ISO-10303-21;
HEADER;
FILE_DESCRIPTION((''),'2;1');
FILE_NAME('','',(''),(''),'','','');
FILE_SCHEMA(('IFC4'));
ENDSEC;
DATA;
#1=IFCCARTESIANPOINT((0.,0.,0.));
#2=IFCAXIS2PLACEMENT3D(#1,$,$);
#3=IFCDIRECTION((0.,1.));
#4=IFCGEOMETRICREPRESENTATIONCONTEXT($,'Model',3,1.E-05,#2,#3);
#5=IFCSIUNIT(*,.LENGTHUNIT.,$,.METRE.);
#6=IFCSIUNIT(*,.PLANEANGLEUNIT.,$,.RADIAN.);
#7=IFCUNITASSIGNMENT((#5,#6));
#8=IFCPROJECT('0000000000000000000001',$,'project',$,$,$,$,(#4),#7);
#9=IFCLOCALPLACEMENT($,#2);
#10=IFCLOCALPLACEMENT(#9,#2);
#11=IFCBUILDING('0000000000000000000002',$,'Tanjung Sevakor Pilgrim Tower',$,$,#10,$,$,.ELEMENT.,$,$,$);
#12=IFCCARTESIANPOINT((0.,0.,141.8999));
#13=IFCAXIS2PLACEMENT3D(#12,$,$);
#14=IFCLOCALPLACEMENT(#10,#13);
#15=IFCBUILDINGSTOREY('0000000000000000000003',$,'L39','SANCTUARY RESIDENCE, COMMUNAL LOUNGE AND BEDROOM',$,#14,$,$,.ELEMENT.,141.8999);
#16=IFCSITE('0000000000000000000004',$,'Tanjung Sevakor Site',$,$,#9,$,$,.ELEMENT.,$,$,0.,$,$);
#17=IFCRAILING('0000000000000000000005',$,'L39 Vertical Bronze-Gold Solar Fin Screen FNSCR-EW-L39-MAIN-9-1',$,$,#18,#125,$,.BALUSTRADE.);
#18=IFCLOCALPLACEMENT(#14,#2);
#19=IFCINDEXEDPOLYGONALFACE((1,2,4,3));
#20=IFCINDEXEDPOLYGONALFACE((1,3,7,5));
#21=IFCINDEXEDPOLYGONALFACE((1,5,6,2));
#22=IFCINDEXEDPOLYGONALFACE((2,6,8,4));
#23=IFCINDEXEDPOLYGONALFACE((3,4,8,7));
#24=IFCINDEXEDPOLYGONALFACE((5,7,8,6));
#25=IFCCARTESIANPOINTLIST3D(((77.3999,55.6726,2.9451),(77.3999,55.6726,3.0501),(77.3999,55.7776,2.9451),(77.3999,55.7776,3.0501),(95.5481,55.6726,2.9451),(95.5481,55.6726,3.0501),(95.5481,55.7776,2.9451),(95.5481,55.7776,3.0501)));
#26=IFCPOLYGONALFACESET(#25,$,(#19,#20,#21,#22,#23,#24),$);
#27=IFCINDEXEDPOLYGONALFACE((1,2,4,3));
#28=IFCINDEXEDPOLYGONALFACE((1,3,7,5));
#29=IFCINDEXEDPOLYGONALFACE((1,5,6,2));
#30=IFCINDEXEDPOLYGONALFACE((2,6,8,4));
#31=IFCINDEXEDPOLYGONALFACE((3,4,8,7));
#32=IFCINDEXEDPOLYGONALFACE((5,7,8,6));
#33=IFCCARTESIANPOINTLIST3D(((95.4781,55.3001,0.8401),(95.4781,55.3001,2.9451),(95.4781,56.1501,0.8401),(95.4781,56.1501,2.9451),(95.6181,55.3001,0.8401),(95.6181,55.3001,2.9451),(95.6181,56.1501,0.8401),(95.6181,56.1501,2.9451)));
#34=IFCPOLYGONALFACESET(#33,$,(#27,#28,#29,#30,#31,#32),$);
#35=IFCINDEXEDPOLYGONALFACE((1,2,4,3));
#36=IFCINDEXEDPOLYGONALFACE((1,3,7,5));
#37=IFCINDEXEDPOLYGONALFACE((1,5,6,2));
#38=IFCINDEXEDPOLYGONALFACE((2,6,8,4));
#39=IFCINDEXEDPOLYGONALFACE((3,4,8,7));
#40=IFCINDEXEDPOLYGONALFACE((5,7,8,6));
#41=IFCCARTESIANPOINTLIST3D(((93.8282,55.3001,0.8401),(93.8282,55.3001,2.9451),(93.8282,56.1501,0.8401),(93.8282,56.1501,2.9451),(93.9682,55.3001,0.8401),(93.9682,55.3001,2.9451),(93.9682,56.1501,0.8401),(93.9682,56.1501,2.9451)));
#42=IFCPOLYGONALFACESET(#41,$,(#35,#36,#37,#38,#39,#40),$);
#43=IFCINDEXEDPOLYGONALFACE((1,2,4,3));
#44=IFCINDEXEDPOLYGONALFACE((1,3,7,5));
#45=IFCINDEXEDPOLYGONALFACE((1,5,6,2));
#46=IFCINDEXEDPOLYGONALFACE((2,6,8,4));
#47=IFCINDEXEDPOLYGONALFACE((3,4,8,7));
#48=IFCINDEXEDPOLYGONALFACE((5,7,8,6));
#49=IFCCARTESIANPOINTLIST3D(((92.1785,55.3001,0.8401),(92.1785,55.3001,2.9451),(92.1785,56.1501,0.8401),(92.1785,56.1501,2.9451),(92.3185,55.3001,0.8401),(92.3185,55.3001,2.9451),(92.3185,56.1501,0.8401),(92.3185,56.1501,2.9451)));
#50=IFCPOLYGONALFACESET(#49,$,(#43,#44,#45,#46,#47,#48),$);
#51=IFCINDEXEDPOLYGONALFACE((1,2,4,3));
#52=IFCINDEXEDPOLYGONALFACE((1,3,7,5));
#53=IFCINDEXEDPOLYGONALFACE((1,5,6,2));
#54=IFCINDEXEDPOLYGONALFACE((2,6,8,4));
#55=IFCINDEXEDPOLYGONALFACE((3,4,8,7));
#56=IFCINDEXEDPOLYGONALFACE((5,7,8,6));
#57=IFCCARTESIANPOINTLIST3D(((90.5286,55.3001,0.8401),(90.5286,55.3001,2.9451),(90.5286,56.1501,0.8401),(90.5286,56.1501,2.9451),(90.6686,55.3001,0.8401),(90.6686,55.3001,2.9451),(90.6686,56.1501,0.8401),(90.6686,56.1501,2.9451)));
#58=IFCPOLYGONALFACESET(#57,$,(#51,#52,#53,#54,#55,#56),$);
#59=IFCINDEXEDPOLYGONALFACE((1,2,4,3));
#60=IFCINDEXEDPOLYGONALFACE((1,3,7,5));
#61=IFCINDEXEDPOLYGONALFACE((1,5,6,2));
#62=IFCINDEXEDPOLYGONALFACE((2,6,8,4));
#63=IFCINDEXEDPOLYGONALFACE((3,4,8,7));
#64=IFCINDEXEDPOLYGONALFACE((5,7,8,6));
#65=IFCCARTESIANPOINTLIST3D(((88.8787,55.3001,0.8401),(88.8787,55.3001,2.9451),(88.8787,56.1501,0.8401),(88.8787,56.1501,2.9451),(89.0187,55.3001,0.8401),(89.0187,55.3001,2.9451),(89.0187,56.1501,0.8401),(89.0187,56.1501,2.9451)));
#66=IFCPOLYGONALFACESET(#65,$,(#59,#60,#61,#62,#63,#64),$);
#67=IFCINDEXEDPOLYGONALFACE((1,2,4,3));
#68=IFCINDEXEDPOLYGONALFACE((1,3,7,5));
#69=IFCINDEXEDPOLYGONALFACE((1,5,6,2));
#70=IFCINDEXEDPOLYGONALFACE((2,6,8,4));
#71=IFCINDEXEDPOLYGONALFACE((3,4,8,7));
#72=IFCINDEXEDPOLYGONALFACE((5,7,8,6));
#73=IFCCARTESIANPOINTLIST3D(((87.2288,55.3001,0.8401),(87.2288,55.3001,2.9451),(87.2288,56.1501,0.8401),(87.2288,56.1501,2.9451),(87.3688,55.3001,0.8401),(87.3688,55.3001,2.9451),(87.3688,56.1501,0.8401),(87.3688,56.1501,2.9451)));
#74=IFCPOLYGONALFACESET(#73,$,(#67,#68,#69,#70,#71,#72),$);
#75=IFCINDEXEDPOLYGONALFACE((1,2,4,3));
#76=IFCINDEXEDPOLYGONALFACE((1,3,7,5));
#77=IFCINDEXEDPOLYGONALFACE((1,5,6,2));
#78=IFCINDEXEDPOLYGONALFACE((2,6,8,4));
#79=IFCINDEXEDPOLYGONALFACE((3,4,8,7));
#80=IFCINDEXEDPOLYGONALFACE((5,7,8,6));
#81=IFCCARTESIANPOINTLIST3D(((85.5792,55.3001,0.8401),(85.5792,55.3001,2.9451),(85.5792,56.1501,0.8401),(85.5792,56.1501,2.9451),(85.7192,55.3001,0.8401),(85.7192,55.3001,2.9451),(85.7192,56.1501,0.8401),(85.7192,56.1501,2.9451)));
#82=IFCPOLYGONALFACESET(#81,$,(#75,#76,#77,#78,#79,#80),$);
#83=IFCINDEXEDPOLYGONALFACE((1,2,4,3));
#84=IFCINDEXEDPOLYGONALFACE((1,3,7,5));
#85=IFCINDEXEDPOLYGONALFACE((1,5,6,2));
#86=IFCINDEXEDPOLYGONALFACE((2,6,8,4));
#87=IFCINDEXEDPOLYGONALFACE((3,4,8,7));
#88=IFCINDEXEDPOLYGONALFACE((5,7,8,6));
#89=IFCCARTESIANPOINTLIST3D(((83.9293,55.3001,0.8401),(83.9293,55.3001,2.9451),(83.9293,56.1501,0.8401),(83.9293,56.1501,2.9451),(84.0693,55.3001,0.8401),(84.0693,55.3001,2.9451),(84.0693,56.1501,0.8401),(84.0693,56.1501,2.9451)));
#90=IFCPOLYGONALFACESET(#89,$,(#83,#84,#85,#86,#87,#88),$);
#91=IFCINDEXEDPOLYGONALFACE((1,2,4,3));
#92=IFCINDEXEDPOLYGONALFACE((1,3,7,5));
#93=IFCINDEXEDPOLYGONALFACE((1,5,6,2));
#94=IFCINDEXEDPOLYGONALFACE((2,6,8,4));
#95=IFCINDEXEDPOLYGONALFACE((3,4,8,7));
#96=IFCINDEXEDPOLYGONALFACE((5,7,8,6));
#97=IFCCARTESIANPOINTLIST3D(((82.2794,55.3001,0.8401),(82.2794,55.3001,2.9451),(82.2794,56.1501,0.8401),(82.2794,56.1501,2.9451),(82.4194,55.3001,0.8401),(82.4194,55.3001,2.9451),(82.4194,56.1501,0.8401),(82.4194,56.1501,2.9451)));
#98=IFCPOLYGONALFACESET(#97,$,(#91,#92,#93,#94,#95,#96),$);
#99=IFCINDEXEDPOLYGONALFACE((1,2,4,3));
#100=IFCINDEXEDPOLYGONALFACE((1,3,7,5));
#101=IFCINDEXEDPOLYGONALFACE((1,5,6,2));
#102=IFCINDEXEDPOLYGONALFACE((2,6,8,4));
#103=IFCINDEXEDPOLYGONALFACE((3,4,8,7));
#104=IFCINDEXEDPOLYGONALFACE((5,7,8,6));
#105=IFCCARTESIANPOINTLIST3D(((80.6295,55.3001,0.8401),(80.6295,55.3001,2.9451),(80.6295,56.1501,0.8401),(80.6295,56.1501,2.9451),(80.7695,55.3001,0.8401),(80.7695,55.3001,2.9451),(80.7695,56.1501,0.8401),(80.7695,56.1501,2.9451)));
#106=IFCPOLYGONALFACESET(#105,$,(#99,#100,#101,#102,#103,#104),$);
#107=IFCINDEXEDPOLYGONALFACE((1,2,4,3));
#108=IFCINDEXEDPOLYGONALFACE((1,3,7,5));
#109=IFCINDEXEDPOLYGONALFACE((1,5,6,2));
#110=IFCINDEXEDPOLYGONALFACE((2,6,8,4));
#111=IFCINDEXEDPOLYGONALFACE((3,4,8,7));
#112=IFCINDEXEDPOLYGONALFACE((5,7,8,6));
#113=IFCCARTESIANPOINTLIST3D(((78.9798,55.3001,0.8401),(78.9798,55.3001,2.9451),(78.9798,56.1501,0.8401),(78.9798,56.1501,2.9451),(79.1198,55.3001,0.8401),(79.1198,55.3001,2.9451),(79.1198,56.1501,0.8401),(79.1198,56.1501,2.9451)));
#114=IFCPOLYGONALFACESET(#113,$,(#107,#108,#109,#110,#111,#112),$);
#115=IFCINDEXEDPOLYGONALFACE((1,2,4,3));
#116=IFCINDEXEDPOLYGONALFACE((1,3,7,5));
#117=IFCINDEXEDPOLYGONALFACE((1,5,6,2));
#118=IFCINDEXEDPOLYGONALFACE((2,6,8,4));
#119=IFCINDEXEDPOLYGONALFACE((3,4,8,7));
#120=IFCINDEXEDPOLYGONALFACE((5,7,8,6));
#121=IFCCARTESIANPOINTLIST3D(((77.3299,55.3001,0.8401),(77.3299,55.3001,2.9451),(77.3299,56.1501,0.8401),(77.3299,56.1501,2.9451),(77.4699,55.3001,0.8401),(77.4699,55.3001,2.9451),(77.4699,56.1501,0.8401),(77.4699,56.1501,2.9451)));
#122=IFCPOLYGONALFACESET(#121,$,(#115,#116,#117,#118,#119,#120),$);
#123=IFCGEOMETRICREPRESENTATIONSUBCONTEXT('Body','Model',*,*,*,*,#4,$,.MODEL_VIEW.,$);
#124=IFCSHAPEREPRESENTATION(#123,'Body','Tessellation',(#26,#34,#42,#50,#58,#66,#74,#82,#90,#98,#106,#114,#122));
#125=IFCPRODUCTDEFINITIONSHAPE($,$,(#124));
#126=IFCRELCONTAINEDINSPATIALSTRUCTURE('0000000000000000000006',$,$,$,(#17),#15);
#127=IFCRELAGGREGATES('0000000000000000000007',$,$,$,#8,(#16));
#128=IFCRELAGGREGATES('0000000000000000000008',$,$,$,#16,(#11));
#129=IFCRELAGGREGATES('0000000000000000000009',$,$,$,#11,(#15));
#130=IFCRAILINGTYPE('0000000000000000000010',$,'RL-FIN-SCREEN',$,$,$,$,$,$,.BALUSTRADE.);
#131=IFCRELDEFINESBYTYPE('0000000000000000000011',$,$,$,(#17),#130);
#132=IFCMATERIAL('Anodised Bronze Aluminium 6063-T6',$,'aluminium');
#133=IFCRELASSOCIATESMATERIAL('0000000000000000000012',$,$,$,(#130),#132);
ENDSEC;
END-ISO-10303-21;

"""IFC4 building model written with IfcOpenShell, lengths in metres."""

from ifc_helpers import new_model, si_unit, direction, frame, origin, place, context, subcontext, project, spatial, rectangle, extrude, material, type_object, element, save


model = new_model("IFC4")

# Units and contexts
model_context = context("Model", 3, precision=1e-05, world=origin(), true_north=direction((0.0, 1.0)))
body_context = subcontext(model_context, "Body", "Model", "MODEL_VIEW")
ifc_project = project(units=[si_unit("LENGTHUNIT", "METRE"), si_unit("PLANEANGLEUNIT", "RADIAN")], contexts=[model_context])

# Site, building, storey
site_placement = place(None, origin())
site = spatial("IfcSite", under=ifc_project, at=site_placement, Name="Tanjung Sevakor Site", CompositionType="ELEMENT", RefElevation=0.0)
building_placement = place(site_placement, origin())
building = spatial("IfcBuilding", under=site, at=building_placement, Name="Tanjung Sevakor Pilgrim Tower", CompositionType="ELEMENT")
storey_placement = place(building_placement, frame((0.0, 0.0, 141.8999)))
storey = spatial("IfcBuildingStorey", under=building, at=storey_placement, Name="L39", Description="SANCTUARY RESIDENCE, COMMUNAL LOUNGE AND BEDROOM", CompositionType="ELEMENT", Elevation=141.8999)

# Railing
ifc_material_1 = material(Name="Anodised Bronze Aluminium 6063-T6", Category="aluminium")
railing_type = type_object("IfcRailingType", Name="RL-FIN-SCREEN", PredefinedType="BALUSTRADE", material=ifc_material_1)
railing_placement = place(storey_placement, frame((95.5481, 55.7251, 0.8401)))
element("IfcRailing", 1, at=railing_placement, inside=storey, type_object=railing_type, Name="L39 Vertical Bronze-Gold Solar Fin Screen FNSCR-EW-L39-MAIN-9-1", PredefinedType="BALUSTRADE", context=body_context, shape_type="SweptSolid", body=[
    extrude(rectangle(XDim=0.105, YDim=0.105), frame((0.0, 0.0, 2.1575), z_axis=(-1.0, 0.0, 0.0), x_axis=(0.0, -1.0, 0.0)), (0.0, 0.0, 1.0), 18.1482),
    extrude(rectangle(XDim=0.14, YDim=0.85), origin(), (0.0, 0.0, 1.0), 2.105),
    extrude(rectangle(XDim=0.14, YDim=0.85), frame((-1.6499, 0.0, 0.0)), (0.0, 0.0, 1.0), 2.105),
    extrude(rectangle(XDim=0.14, YDim=0.85), frame((-3.2996, 0.0, 0.0)), (0.0, 0.0, 1.0), 2.105),
    extrude(rectangle(XDim=0.14, YDim=0.85), frame((-4.9495, 0.0, 0.0)), (0.0, 0.0, 1.0), 2.105),
    extrude(rectangle(XDim=0.14, YDim=0.85), frame((-6.5994, 0.0, 0.0)), (0.0, 0.0, 1.0), 2.105),
    extrude(rectangle(XDim=0.14, YDim=0.85), frame((-8.2493, 0.0, 0.0)), (0.0, 0.0, 1.0), 2.105),
    extrude(rectangle(XDim=0.14, YDim=0.85), frame((-9.8989, 0.0, 0.0)), (0.0, 0.0, 1.0), 2.105),
    extrude(rectangle(XDim=0.14, YDim=0.85), frame((-11.5488, 0.0, 0.0)), (0.0, 0.0, 1.0), 2.105),
    extrude(rectangle(XDim=0.14, YDim=0.85), frame((-13.1987, 0.0, 0.0)), (0.0, 0.0, 1.0), 2.105),
    extrude(rectangle(XDim=0.14, YDim=0.85), frame((-14.8486, 0.0, 0.0)), (0.0, 0.0, 1.0), 2.105),
    extrude(rectangle(XDim=0.14, YDim=0.85), frame((-16.4983, 0.0, 0.0)), (0.0, 0.0, 1.0), 2.105),
    extrude(rectangle(XDim=0.14, YDim=0.85), frame((-18.1482, 0.0, 0.0)), (0.0, 0.0, 1.0), 2.105),
])

save(model, "model.ifc")
